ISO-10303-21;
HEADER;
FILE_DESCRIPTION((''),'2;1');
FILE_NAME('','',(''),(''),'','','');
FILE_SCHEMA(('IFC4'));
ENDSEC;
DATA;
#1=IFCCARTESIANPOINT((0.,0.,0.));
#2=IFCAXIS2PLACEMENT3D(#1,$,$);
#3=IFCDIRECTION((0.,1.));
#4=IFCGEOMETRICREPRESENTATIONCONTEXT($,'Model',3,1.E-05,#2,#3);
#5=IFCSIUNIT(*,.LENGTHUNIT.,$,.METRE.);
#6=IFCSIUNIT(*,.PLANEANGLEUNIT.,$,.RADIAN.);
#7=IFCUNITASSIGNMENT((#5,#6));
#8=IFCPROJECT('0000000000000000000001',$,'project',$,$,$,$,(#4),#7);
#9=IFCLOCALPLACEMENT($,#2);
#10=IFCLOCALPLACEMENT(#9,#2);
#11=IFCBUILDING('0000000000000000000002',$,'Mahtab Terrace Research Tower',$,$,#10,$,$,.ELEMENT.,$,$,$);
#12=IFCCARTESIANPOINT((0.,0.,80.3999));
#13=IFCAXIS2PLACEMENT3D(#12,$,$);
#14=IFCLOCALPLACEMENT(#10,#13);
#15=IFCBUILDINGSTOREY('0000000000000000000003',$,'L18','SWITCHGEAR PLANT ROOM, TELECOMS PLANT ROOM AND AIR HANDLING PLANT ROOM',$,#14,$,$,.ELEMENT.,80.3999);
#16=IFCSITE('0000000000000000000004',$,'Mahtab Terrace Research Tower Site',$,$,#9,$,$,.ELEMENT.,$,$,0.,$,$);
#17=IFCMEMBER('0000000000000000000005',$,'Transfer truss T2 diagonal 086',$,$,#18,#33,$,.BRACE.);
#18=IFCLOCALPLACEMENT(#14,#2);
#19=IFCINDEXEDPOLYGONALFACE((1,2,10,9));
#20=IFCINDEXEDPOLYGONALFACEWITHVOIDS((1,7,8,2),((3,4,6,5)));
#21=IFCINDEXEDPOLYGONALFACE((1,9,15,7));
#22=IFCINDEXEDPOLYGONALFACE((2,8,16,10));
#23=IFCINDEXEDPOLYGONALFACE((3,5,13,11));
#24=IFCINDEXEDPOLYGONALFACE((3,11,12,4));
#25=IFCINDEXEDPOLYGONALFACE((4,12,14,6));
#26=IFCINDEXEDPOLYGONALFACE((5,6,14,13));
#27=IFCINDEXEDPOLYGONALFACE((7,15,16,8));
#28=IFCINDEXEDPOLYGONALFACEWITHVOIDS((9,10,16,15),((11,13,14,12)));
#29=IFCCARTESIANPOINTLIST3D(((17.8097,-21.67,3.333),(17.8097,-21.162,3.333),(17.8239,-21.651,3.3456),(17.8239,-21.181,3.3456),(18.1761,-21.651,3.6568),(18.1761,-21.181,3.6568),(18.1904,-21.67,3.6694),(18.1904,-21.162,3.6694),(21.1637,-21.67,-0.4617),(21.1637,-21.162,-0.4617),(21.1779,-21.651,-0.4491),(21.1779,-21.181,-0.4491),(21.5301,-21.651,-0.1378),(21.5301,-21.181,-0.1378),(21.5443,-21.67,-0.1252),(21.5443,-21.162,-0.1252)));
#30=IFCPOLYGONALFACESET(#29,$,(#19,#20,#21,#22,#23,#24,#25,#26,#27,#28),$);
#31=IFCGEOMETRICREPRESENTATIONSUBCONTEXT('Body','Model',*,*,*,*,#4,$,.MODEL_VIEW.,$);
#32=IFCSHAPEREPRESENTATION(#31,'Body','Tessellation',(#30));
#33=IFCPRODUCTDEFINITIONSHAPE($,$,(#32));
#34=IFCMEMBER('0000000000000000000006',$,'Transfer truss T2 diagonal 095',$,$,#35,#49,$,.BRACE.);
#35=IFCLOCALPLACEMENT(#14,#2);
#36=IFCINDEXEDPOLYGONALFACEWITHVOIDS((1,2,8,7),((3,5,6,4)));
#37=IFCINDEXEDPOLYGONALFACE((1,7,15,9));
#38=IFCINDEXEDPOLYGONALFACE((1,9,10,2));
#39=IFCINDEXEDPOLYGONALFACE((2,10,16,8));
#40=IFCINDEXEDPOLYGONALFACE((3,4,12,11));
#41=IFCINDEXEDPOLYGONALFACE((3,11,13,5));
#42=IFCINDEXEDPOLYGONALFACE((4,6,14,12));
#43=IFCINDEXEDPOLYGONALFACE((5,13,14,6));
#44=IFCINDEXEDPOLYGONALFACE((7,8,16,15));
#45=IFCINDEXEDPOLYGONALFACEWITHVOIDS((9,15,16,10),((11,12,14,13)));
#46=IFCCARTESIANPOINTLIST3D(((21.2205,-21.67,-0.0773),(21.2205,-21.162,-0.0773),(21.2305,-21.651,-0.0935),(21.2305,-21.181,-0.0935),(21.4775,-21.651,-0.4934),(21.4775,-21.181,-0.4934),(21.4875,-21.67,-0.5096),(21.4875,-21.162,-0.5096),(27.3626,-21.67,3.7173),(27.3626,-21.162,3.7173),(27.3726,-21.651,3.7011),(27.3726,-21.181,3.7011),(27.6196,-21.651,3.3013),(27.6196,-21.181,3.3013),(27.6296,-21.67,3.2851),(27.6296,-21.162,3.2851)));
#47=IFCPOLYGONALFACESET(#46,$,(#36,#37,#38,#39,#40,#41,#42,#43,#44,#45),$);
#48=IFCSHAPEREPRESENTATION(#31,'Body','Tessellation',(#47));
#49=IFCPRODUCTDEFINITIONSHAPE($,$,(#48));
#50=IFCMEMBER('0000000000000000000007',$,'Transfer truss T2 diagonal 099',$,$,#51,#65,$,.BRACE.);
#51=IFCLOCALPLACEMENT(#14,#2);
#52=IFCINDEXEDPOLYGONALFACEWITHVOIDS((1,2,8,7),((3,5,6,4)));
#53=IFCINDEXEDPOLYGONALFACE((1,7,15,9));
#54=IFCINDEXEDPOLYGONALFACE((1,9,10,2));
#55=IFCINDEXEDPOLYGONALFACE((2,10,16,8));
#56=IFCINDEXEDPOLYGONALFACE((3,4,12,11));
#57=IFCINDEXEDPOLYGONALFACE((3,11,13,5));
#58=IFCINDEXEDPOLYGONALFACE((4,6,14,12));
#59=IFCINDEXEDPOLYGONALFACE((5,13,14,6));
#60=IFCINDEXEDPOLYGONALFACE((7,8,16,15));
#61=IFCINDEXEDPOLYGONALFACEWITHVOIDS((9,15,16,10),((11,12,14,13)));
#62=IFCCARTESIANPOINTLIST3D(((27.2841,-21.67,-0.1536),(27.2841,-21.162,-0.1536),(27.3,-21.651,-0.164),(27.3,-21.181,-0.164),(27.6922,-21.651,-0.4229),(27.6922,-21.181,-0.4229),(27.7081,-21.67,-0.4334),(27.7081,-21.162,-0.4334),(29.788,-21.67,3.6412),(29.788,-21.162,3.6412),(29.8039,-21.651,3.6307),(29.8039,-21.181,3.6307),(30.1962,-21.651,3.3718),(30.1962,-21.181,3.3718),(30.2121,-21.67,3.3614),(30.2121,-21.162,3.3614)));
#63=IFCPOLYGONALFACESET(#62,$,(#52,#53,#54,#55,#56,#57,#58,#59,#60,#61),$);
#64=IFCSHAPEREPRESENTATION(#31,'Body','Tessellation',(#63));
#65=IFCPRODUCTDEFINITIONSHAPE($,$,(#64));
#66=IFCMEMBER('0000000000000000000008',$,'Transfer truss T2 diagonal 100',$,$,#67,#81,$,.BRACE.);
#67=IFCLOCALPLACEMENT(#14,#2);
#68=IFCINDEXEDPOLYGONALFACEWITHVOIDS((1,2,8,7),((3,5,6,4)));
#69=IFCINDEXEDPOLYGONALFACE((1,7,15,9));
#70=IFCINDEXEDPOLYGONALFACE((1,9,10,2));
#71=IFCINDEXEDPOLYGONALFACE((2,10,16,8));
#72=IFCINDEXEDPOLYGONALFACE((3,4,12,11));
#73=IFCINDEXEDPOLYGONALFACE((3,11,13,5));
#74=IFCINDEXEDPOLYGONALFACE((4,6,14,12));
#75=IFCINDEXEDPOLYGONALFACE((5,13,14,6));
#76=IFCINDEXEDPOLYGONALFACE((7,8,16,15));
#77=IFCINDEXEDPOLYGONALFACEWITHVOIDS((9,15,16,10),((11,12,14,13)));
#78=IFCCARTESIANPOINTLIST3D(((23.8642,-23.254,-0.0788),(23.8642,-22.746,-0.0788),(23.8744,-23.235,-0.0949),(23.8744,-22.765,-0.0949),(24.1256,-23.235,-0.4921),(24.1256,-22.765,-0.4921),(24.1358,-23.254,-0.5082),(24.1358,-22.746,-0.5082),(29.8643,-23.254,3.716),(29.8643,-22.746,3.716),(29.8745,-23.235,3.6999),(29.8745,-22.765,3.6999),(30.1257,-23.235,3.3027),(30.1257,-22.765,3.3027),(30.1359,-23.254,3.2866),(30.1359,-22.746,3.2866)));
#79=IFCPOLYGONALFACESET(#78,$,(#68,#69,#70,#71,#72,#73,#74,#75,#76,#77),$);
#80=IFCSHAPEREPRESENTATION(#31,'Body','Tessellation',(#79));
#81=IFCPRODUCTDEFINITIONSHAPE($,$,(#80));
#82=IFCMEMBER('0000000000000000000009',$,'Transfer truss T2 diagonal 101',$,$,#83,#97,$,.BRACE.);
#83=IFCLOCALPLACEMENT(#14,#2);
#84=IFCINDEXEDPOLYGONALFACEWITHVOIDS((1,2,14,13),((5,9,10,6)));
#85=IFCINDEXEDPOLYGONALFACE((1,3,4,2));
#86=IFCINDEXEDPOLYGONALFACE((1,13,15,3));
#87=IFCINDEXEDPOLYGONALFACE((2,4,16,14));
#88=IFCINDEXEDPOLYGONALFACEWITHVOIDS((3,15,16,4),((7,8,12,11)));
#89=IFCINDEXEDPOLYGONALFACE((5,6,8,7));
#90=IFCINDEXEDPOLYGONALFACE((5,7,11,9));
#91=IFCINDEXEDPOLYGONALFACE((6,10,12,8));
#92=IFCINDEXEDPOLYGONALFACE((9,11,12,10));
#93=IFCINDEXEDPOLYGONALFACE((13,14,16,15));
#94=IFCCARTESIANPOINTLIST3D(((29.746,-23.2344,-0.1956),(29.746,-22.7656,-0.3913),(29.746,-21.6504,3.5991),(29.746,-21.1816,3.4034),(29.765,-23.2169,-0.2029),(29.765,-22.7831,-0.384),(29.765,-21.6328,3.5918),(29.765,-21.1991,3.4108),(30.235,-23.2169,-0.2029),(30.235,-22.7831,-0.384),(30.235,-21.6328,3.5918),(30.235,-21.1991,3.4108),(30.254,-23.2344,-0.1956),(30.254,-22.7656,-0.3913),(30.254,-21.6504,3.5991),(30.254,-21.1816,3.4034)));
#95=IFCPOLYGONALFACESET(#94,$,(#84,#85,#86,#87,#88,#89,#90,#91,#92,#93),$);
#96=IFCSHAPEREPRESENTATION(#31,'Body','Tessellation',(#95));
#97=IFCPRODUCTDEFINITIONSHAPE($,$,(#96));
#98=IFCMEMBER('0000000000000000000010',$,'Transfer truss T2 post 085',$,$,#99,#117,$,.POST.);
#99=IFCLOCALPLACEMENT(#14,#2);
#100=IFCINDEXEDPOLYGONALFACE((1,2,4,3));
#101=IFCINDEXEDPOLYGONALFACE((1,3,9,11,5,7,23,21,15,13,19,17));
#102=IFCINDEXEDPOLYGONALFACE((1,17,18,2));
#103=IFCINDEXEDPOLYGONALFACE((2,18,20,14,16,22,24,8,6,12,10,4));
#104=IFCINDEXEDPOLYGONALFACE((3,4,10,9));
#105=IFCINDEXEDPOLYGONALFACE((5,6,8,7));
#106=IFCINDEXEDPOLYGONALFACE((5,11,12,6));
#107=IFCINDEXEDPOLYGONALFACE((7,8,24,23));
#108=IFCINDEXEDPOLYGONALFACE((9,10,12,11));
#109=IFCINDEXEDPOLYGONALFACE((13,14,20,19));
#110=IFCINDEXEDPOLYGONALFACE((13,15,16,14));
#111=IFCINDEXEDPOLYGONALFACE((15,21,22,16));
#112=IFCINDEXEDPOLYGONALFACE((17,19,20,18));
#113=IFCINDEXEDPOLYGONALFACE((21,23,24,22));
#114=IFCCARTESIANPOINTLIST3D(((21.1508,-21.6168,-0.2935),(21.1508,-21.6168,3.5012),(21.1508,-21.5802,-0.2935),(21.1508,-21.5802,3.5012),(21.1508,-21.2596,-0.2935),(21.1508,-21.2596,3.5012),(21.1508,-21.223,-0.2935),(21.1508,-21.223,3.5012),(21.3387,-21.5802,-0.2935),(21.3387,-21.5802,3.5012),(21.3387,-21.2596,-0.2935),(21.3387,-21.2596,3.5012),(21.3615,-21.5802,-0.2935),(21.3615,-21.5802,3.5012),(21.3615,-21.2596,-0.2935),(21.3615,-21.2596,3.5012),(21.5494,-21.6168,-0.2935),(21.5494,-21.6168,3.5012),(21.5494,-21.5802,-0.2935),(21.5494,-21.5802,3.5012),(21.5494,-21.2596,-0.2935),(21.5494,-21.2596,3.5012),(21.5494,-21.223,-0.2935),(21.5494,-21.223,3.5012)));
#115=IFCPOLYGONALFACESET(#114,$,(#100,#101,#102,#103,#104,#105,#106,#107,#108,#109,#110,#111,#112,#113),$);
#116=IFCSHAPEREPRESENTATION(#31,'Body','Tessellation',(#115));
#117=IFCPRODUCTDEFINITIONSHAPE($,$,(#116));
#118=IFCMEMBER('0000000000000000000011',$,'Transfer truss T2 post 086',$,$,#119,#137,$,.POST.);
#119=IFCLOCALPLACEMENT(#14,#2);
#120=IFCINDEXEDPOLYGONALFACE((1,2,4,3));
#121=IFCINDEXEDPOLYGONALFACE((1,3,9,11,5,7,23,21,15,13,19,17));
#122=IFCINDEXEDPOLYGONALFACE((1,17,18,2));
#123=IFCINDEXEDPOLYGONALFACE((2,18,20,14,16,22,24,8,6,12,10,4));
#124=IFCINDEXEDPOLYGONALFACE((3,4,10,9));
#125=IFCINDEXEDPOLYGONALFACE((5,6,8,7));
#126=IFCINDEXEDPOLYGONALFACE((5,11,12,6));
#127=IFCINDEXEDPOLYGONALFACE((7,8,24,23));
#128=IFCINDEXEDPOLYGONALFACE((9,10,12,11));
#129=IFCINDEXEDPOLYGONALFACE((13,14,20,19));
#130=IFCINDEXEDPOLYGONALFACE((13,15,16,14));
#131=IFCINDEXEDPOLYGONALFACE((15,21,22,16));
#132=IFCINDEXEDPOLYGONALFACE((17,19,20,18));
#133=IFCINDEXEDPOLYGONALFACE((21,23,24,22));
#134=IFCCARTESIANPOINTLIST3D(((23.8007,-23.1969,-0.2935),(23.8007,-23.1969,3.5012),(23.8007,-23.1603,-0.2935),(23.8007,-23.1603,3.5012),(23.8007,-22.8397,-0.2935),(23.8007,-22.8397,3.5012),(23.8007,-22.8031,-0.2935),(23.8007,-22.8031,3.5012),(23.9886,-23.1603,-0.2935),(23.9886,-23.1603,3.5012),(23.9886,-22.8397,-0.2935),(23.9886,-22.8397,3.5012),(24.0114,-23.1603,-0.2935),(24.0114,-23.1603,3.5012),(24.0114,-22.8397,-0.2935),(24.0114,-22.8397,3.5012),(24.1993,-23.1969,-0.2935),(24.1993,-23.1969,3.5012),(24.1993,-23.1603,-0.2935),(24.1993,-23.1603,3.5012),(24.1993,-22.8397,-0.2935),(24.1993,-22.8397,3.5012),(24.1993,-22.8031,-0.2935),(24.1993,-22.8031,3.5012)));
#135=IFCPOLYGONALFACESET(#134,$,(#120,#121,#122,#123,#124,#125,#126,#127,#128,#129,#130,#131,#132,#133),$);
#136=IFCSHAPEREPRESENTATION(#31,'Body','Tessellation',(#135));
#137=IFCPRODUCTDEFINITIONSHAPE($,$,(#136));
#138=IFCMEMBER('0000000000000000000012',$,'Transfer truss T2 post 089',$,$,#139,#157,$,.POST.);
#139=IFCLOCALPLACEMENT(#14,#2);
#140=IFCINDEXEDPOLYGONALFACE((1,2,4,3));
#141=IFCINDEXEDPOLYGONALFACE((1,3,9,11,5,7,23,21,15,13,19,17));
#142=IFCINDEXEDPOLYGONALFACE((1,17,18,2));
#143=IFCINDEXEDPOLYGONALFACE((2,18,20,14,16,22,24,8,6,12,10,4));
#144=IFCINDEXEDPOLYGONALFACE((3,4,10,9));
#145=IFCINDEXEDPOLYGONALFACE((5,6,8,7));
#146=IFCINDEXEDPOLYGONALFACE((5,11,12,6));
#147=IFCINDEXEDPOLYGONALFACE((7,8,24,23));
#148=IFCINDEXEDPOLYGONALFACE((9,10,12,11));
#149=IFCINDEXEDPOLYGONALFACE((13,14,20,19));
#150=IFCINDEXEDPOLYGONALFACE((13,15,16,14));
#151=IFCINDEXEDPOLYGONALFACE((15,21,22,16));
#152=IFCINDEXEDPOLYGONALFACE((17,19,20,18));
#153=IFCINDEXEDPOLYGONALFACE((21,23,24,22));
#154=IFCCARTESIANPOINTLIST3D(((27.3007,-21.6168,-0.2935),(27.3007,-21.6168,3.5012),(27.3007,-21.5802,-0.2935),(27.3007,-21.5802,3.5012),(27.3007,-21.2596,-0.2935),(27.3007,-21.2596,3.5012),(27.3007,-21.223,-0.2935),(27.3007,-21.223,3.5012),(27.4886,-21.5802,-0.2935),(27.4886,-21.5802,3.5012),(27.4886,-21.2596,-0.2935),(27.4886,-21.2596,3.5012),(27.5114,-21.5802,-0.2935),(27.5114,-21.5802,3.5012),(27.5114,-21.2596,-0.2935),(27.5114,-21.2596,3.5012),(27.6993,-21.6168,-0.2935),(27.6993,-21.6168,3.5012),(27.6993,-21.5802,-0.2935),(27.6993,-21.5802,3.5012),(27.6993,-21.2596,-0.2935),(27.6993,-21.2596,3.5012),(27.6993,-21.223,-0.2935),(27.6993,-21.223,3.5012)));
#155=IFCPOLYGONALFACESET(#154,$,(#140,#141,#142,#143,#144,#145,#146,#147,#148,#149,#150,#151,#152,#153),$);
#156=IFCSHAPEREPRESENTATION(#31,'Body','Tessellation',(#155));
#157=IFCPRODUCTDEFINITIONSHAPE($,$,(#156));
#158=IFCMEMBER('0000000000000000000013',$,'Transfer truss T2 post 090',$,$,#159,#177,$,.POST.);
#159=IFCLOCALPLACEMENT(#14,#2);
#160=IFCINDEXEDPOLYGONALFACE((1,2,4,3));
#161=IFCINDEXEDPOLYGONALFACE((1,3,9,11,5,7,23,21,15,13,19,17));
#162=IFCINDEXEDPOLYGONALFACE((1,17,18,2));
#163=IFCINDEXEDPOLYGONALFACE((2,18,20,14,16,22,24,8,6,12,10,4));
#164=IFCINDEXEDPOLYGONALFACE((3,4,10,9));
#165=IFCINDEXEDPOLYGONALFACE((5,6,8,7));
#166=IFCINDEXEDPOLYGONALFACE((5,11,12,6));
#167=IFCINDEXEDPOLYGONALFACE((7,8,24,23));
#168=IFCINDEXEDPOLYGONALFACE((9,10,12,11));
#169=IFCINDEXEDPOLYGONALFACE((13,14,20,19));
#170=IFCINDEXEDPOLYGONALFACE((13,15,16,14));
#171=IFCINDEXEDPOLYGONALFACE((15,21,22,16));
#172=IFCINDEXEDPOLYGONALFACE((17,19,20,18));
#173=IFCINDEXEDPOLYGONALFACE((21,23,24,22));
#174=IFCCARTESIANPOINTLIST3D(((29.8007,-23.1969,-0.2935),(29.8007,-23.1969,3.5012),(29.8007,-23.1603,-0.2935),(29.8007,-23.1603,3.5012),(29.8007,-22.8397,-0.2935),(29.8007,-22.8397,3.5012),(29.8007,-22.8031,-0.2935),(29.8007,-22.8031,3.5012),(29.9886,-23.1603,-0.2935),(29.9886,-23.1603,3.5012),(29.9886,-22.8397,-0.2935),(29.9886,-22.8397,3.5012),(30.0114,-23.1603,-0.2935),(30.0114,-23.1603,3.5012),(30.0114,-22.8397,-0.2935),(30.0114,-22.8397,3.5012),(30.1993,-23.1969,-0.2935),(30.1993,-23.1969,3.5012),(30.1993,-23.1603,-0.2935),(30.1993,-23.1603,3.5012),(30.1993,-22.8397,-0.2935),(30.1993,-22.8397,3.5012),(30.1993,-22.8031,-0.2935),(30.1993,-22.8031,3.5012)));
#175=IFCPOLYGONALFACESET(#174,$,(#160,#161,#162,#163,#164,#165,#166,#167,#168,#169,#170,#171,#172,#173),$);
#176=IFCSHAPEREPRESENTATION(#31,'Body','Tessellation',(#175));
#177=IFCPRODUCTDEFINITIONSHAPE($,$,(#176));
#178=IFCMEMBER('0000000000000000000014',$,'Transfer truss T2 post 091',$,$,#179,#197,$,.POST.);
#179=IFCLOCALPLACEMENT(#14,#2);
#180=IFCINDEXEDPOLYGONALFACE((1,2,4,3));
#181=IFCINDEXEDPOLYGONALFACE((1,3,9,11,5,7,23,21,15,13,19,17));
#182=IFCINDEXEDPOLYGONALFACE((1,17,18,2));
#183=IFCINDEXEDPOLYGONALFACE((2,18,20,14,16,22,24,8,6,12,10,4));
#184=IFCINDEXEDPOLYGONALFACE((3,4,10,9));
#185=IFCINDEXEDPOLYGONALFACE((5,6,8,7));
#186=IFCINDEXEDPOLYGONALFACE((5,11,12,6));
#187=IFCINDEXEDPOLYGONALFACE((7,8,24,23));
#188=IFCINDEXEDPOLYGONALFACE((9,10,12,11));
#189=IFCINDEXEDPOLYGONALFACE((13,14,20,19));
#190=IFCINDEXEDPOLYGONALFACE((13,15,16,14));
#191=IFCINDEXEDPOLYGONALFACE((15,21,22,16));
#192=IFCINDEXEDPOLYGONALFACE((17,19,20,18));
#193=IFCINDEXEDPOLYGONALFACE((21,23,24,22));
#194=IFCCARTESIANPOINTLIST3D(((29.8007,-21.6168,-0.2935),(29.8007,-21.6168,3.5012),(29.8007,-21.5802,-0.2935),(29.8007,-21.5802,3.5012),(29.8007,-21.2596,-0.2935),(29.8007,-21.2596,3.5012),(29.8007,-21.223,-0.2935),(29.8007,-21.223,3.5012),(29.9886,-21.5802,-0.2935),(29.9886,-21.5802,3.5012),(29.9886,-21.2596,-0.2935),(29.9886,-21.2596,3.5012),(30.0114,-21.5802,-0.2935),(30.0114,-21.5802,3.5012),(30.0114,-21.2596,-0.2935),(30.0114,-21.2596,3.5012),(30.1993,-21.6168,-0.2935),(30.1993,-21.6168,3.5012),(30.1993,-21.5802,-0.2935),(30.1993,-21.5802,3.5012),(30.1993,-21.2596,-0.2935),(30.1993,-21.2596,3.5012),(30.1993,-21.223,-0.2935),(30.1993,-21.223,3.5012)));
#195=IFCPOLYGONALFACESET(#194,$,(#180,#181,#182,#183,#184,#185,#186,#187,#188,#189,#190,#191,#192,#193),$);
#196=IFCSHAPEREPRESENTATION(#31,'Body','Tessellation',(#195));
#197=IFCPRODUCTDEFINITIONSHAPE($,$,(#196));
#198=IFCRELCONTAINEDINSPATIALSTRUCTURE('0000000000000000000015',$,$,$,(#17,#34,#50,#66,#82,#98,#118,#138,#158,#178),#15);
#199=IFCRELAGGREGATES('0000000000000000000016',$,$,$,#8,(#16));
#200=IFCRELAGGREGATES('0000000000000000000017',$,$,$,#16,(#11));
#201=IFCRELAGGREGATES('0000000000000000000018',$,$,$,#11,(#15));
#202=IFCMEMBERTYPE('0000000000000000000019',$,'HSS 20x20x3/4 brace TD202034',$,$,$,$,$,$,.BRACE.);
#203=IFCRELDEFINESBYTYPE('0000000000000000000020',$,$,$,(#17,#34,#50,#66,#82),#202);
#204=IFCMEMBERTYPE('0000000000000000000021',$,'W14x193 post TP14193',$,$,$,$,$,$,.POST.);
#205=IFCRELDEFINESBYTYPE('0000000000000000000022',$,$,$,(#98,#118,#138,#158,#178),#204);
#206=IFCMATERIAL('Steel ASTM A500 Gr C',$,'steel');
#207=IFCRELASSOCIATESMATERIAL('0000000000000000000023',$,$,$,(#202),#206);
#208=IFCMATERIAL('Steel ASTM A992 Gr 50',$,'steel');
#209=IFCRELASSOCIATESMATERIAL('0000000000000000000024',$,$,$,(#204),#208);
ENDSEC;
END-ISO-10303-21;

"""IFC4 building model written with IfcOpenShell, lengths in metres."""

from ifc_helpers import new_model, si_unit, direction, frame, origin, origin_2d, place, context, subcontext, project, spatial, hollow_rectangle, i_section, extrude, material, material_profile, profile_set, type_object, element, save


model = new_model("IFC4")

# Units and contexts
model_context = context("Model", 3, precision=1e-05, world=origin(), true_north=direction((0.0, 1.0)))
body_context = subcontext(model_context, "Body", "Model", "MODEL_VIEW")
ifc_project = project(units=[si_unit("LENGTHUNIT", "METRE"), si_unit("PLANEANGLEUNIT", "RADIAN")], contexts=[model_context])

# Site, building, storey
site_placement = place(None, origin())
site = spatial("IfcSite", under=ifc_project, at=site_placement, Name="Mahtab Terrace Research Tower Site", CompositionType="ELEMENT", RefElevation=0.0)
building_placement = place(site_placement, origin())
building = spatial("IfcBuilding", under=site, at=building_placement, Name="Mahtab Terrace Research Tower", CompositionType="ELEMENT")
storey_placement = place(building_placement, frame((0.0, 0.0, 80.3999)))
storey = spatial("IfcBuildingStorey", under=building, at=storey_placement, Name="L18", Description="SWITCHGEAR PLANT ROOM, TELECOMS PLANT ROOM AND AIR HANDLING PLANT ROOM", CompositionType="ELEMENT", Elevation=80.3999)

# Members
ifc_material_1 = material(Name="Steel ASTM A500 Gr C", Category="steel")
ifc_material_profile_1 = material_profile(ifc_material_1, hollow_rectangle(XDim=0.5081, YDim=0.5081, WallThickness=0.019, at=origin_2d()), Name="HSS20X20X3/4")
ifc_profile_set_1 = profile_set([ifc_material_profile_1], Name="Steel ASTM A500 Gr C")
member_type_1 = type_object("IfcMemberType", Name="HSS 20x20x3/4 brace TD202034", PredefinedType="BRACE", material=ifc_profile_set_1)
member_1_placement = place(storey_placement, frame((21.354, -21.416, -0.2935), z_axis=(-0.662261, 0.0, 0.749273), x_axis=(0.0, -1.0, 0.0)))
element("IfcMember", 1, at=member_1_placement, inside=storey, type_object=member_type_1, Name="Transfer truss T2 diagonal 086", PredefinedType="BRACE", context=body_context, shape_type="SweptSolid", body=[
    extrude(hollow_rectangle(XDim=0.5081, YDim=0.5081, WallThickness=0.019, at=origin_2d()), origin(), (0.0, 0.0, 1.0), 5.0645),
])
member_2_placement = place(storey_placement, frame((21.354, -21.416, -0.2935), z_axis=(0.850734, 0.0, 0.525597), x_axis=(0.0, 1.0, 0.0)))
element("IfcMember", 2, at=member_2_placement, inside=storey, type_object=member_type_1, Name="Transfer truss T2 diagonal 095", PredefinedType="BRACE", context=body_context, shape_type="SweptSolid", body=[
    extrude(hollow_rectangle(XDim=0.5081, YDim=0.5081, WallThickness=0.019, at=origin_2d()), origin(), (0.0, 0.0, 1.0), 7.2197),
])
member_3_placement = place(storey_placement, frame((27.4961, -21.416, -0.2935), z_axis=(0.550753, 0.0, 0.834668), x_axis=(0.0, 1.0, 0.0)))
element("IfcMember", 3, at=member_3_placement, inside=storey, type_object=member_type_1, Name="Transfer truss T2 diagonal 099", PredefinedType="BRACE", context=body_context, shape_type="SweptSolid", body=[
    extrude(hollow_rectangle(XDim=0.5081, YDim=0.5081, WallThickness=0.019, at=origin_2d()), origin(), (0.0, 0.0, 1.0), 4.5464),
])
member_4_placement = place(storey_placement, frame((24.0, -23.0, -0.2935), z_axis=(0.845158, 0.0, 0.534517), x_axis=(0.0, 1.0, 0.0)))
element("IfcMember", 4, at=member_4_placement, inside=storey, type_object=member_type_1, Name="Transfer truss T2 diagonal 100", PredefinedType="BRACE", context=body_context, shape_type="SweptSolid", body=[
    extrude(hollow_rectangle(XDim=0.5081, YDim=0.5081, WallThickness=0.019, at=origin_2d()), origin(), (0.0, 0.0, 1.0), 7.0994),
])
member_5_placement = place(storey_placement, frame((30.0, -23.0, -0.2935), z_axis=(0.0, 0.38521, 0.922829), x_axis=(-1.0, 0.0, 0.0)))
element("IfcMember", 5, at=member_5_placement, inside=storey, type_object=member_type_1, Name="Transfer truss T2 diagonal 101", PredefinedType="BRACE", context=body_context, shape_type="SweptSolid", body=[
    extrude(hollow_rectangle(XDim=0.5081, YDim=0.5081, WallThickness=0.019, at=origin_2d()), origin(), (0.0, 0.0, 1.0), 4.1121),
])
ifc_material_2 = material(Name="Steel ASTM A992 Gr 50", Category="steel")
ifc_material_profile_2 = material_profile(ifc_material_2, i_section(OverallWidth=0.3987, OverallDepth=0.3938, WebThickness=0.0227, FlangeThickness=0.0366, at=origin_2d()), Name="W14X193")
ifc_profile_set_2 = profile_set([ifc_material_profile_2], Name="Steel ASTM A992 Gr 50")
member_type_2 = type_object("IfcMemberType", Name="W14x193 post TP14193", PredefinedType="POST", material=ifc_profile_set_2)
for number, where, z_axis, x_axis, name in (
    (6, (21.3501, -21.4199, -0.2935), (0.0, 0.0, 1.0), (1.0, 0.0, 0.0), "Transfer truss T2 post 085"),
    (7, (24.0, -23.0, -0.2935), (0.0, 0.0, 1.0), (1.0, 0.0, 0.0), "Transfer truss T2 post 086"),
    (8, (27.5, -21.4199, -0.2935), (0.0, 0.0, 1.0), (1.0, 0.0, 0.0), "Transfer truss T2 post 089"),
    (9, (30.0, -23.0, -0.2935), (0.0, 0.0, 1.0), (1.0, 0.0, 0.0), "Transfer truss T2 post 090"),
    (10, (30.0, -21.4199, -0.2935), (0.0, 0.0, 1.0), (1.0, 0.0, 0.0), "Transfer truss T2 post 091"),
):
    element("IfcMember", number, at=place(storey_placement, frame(where, z_axis=z_axis, x_axis=x_axis)), inside=storey, type_object=member_type_2, Name=name, PredefinedType="POST", context=body_context, shape_type="SweptSolid", body=[
        extrude(i_section(OverallWidth=0.3987, OverallDepth=0.3938, WebThickness=0.0227, FlangeThickness=0.0366, at=origin_2d()), origin(), (0.0, 0.0, 1.0), 3.7947),
    ])

save(model, "model.ifc")
